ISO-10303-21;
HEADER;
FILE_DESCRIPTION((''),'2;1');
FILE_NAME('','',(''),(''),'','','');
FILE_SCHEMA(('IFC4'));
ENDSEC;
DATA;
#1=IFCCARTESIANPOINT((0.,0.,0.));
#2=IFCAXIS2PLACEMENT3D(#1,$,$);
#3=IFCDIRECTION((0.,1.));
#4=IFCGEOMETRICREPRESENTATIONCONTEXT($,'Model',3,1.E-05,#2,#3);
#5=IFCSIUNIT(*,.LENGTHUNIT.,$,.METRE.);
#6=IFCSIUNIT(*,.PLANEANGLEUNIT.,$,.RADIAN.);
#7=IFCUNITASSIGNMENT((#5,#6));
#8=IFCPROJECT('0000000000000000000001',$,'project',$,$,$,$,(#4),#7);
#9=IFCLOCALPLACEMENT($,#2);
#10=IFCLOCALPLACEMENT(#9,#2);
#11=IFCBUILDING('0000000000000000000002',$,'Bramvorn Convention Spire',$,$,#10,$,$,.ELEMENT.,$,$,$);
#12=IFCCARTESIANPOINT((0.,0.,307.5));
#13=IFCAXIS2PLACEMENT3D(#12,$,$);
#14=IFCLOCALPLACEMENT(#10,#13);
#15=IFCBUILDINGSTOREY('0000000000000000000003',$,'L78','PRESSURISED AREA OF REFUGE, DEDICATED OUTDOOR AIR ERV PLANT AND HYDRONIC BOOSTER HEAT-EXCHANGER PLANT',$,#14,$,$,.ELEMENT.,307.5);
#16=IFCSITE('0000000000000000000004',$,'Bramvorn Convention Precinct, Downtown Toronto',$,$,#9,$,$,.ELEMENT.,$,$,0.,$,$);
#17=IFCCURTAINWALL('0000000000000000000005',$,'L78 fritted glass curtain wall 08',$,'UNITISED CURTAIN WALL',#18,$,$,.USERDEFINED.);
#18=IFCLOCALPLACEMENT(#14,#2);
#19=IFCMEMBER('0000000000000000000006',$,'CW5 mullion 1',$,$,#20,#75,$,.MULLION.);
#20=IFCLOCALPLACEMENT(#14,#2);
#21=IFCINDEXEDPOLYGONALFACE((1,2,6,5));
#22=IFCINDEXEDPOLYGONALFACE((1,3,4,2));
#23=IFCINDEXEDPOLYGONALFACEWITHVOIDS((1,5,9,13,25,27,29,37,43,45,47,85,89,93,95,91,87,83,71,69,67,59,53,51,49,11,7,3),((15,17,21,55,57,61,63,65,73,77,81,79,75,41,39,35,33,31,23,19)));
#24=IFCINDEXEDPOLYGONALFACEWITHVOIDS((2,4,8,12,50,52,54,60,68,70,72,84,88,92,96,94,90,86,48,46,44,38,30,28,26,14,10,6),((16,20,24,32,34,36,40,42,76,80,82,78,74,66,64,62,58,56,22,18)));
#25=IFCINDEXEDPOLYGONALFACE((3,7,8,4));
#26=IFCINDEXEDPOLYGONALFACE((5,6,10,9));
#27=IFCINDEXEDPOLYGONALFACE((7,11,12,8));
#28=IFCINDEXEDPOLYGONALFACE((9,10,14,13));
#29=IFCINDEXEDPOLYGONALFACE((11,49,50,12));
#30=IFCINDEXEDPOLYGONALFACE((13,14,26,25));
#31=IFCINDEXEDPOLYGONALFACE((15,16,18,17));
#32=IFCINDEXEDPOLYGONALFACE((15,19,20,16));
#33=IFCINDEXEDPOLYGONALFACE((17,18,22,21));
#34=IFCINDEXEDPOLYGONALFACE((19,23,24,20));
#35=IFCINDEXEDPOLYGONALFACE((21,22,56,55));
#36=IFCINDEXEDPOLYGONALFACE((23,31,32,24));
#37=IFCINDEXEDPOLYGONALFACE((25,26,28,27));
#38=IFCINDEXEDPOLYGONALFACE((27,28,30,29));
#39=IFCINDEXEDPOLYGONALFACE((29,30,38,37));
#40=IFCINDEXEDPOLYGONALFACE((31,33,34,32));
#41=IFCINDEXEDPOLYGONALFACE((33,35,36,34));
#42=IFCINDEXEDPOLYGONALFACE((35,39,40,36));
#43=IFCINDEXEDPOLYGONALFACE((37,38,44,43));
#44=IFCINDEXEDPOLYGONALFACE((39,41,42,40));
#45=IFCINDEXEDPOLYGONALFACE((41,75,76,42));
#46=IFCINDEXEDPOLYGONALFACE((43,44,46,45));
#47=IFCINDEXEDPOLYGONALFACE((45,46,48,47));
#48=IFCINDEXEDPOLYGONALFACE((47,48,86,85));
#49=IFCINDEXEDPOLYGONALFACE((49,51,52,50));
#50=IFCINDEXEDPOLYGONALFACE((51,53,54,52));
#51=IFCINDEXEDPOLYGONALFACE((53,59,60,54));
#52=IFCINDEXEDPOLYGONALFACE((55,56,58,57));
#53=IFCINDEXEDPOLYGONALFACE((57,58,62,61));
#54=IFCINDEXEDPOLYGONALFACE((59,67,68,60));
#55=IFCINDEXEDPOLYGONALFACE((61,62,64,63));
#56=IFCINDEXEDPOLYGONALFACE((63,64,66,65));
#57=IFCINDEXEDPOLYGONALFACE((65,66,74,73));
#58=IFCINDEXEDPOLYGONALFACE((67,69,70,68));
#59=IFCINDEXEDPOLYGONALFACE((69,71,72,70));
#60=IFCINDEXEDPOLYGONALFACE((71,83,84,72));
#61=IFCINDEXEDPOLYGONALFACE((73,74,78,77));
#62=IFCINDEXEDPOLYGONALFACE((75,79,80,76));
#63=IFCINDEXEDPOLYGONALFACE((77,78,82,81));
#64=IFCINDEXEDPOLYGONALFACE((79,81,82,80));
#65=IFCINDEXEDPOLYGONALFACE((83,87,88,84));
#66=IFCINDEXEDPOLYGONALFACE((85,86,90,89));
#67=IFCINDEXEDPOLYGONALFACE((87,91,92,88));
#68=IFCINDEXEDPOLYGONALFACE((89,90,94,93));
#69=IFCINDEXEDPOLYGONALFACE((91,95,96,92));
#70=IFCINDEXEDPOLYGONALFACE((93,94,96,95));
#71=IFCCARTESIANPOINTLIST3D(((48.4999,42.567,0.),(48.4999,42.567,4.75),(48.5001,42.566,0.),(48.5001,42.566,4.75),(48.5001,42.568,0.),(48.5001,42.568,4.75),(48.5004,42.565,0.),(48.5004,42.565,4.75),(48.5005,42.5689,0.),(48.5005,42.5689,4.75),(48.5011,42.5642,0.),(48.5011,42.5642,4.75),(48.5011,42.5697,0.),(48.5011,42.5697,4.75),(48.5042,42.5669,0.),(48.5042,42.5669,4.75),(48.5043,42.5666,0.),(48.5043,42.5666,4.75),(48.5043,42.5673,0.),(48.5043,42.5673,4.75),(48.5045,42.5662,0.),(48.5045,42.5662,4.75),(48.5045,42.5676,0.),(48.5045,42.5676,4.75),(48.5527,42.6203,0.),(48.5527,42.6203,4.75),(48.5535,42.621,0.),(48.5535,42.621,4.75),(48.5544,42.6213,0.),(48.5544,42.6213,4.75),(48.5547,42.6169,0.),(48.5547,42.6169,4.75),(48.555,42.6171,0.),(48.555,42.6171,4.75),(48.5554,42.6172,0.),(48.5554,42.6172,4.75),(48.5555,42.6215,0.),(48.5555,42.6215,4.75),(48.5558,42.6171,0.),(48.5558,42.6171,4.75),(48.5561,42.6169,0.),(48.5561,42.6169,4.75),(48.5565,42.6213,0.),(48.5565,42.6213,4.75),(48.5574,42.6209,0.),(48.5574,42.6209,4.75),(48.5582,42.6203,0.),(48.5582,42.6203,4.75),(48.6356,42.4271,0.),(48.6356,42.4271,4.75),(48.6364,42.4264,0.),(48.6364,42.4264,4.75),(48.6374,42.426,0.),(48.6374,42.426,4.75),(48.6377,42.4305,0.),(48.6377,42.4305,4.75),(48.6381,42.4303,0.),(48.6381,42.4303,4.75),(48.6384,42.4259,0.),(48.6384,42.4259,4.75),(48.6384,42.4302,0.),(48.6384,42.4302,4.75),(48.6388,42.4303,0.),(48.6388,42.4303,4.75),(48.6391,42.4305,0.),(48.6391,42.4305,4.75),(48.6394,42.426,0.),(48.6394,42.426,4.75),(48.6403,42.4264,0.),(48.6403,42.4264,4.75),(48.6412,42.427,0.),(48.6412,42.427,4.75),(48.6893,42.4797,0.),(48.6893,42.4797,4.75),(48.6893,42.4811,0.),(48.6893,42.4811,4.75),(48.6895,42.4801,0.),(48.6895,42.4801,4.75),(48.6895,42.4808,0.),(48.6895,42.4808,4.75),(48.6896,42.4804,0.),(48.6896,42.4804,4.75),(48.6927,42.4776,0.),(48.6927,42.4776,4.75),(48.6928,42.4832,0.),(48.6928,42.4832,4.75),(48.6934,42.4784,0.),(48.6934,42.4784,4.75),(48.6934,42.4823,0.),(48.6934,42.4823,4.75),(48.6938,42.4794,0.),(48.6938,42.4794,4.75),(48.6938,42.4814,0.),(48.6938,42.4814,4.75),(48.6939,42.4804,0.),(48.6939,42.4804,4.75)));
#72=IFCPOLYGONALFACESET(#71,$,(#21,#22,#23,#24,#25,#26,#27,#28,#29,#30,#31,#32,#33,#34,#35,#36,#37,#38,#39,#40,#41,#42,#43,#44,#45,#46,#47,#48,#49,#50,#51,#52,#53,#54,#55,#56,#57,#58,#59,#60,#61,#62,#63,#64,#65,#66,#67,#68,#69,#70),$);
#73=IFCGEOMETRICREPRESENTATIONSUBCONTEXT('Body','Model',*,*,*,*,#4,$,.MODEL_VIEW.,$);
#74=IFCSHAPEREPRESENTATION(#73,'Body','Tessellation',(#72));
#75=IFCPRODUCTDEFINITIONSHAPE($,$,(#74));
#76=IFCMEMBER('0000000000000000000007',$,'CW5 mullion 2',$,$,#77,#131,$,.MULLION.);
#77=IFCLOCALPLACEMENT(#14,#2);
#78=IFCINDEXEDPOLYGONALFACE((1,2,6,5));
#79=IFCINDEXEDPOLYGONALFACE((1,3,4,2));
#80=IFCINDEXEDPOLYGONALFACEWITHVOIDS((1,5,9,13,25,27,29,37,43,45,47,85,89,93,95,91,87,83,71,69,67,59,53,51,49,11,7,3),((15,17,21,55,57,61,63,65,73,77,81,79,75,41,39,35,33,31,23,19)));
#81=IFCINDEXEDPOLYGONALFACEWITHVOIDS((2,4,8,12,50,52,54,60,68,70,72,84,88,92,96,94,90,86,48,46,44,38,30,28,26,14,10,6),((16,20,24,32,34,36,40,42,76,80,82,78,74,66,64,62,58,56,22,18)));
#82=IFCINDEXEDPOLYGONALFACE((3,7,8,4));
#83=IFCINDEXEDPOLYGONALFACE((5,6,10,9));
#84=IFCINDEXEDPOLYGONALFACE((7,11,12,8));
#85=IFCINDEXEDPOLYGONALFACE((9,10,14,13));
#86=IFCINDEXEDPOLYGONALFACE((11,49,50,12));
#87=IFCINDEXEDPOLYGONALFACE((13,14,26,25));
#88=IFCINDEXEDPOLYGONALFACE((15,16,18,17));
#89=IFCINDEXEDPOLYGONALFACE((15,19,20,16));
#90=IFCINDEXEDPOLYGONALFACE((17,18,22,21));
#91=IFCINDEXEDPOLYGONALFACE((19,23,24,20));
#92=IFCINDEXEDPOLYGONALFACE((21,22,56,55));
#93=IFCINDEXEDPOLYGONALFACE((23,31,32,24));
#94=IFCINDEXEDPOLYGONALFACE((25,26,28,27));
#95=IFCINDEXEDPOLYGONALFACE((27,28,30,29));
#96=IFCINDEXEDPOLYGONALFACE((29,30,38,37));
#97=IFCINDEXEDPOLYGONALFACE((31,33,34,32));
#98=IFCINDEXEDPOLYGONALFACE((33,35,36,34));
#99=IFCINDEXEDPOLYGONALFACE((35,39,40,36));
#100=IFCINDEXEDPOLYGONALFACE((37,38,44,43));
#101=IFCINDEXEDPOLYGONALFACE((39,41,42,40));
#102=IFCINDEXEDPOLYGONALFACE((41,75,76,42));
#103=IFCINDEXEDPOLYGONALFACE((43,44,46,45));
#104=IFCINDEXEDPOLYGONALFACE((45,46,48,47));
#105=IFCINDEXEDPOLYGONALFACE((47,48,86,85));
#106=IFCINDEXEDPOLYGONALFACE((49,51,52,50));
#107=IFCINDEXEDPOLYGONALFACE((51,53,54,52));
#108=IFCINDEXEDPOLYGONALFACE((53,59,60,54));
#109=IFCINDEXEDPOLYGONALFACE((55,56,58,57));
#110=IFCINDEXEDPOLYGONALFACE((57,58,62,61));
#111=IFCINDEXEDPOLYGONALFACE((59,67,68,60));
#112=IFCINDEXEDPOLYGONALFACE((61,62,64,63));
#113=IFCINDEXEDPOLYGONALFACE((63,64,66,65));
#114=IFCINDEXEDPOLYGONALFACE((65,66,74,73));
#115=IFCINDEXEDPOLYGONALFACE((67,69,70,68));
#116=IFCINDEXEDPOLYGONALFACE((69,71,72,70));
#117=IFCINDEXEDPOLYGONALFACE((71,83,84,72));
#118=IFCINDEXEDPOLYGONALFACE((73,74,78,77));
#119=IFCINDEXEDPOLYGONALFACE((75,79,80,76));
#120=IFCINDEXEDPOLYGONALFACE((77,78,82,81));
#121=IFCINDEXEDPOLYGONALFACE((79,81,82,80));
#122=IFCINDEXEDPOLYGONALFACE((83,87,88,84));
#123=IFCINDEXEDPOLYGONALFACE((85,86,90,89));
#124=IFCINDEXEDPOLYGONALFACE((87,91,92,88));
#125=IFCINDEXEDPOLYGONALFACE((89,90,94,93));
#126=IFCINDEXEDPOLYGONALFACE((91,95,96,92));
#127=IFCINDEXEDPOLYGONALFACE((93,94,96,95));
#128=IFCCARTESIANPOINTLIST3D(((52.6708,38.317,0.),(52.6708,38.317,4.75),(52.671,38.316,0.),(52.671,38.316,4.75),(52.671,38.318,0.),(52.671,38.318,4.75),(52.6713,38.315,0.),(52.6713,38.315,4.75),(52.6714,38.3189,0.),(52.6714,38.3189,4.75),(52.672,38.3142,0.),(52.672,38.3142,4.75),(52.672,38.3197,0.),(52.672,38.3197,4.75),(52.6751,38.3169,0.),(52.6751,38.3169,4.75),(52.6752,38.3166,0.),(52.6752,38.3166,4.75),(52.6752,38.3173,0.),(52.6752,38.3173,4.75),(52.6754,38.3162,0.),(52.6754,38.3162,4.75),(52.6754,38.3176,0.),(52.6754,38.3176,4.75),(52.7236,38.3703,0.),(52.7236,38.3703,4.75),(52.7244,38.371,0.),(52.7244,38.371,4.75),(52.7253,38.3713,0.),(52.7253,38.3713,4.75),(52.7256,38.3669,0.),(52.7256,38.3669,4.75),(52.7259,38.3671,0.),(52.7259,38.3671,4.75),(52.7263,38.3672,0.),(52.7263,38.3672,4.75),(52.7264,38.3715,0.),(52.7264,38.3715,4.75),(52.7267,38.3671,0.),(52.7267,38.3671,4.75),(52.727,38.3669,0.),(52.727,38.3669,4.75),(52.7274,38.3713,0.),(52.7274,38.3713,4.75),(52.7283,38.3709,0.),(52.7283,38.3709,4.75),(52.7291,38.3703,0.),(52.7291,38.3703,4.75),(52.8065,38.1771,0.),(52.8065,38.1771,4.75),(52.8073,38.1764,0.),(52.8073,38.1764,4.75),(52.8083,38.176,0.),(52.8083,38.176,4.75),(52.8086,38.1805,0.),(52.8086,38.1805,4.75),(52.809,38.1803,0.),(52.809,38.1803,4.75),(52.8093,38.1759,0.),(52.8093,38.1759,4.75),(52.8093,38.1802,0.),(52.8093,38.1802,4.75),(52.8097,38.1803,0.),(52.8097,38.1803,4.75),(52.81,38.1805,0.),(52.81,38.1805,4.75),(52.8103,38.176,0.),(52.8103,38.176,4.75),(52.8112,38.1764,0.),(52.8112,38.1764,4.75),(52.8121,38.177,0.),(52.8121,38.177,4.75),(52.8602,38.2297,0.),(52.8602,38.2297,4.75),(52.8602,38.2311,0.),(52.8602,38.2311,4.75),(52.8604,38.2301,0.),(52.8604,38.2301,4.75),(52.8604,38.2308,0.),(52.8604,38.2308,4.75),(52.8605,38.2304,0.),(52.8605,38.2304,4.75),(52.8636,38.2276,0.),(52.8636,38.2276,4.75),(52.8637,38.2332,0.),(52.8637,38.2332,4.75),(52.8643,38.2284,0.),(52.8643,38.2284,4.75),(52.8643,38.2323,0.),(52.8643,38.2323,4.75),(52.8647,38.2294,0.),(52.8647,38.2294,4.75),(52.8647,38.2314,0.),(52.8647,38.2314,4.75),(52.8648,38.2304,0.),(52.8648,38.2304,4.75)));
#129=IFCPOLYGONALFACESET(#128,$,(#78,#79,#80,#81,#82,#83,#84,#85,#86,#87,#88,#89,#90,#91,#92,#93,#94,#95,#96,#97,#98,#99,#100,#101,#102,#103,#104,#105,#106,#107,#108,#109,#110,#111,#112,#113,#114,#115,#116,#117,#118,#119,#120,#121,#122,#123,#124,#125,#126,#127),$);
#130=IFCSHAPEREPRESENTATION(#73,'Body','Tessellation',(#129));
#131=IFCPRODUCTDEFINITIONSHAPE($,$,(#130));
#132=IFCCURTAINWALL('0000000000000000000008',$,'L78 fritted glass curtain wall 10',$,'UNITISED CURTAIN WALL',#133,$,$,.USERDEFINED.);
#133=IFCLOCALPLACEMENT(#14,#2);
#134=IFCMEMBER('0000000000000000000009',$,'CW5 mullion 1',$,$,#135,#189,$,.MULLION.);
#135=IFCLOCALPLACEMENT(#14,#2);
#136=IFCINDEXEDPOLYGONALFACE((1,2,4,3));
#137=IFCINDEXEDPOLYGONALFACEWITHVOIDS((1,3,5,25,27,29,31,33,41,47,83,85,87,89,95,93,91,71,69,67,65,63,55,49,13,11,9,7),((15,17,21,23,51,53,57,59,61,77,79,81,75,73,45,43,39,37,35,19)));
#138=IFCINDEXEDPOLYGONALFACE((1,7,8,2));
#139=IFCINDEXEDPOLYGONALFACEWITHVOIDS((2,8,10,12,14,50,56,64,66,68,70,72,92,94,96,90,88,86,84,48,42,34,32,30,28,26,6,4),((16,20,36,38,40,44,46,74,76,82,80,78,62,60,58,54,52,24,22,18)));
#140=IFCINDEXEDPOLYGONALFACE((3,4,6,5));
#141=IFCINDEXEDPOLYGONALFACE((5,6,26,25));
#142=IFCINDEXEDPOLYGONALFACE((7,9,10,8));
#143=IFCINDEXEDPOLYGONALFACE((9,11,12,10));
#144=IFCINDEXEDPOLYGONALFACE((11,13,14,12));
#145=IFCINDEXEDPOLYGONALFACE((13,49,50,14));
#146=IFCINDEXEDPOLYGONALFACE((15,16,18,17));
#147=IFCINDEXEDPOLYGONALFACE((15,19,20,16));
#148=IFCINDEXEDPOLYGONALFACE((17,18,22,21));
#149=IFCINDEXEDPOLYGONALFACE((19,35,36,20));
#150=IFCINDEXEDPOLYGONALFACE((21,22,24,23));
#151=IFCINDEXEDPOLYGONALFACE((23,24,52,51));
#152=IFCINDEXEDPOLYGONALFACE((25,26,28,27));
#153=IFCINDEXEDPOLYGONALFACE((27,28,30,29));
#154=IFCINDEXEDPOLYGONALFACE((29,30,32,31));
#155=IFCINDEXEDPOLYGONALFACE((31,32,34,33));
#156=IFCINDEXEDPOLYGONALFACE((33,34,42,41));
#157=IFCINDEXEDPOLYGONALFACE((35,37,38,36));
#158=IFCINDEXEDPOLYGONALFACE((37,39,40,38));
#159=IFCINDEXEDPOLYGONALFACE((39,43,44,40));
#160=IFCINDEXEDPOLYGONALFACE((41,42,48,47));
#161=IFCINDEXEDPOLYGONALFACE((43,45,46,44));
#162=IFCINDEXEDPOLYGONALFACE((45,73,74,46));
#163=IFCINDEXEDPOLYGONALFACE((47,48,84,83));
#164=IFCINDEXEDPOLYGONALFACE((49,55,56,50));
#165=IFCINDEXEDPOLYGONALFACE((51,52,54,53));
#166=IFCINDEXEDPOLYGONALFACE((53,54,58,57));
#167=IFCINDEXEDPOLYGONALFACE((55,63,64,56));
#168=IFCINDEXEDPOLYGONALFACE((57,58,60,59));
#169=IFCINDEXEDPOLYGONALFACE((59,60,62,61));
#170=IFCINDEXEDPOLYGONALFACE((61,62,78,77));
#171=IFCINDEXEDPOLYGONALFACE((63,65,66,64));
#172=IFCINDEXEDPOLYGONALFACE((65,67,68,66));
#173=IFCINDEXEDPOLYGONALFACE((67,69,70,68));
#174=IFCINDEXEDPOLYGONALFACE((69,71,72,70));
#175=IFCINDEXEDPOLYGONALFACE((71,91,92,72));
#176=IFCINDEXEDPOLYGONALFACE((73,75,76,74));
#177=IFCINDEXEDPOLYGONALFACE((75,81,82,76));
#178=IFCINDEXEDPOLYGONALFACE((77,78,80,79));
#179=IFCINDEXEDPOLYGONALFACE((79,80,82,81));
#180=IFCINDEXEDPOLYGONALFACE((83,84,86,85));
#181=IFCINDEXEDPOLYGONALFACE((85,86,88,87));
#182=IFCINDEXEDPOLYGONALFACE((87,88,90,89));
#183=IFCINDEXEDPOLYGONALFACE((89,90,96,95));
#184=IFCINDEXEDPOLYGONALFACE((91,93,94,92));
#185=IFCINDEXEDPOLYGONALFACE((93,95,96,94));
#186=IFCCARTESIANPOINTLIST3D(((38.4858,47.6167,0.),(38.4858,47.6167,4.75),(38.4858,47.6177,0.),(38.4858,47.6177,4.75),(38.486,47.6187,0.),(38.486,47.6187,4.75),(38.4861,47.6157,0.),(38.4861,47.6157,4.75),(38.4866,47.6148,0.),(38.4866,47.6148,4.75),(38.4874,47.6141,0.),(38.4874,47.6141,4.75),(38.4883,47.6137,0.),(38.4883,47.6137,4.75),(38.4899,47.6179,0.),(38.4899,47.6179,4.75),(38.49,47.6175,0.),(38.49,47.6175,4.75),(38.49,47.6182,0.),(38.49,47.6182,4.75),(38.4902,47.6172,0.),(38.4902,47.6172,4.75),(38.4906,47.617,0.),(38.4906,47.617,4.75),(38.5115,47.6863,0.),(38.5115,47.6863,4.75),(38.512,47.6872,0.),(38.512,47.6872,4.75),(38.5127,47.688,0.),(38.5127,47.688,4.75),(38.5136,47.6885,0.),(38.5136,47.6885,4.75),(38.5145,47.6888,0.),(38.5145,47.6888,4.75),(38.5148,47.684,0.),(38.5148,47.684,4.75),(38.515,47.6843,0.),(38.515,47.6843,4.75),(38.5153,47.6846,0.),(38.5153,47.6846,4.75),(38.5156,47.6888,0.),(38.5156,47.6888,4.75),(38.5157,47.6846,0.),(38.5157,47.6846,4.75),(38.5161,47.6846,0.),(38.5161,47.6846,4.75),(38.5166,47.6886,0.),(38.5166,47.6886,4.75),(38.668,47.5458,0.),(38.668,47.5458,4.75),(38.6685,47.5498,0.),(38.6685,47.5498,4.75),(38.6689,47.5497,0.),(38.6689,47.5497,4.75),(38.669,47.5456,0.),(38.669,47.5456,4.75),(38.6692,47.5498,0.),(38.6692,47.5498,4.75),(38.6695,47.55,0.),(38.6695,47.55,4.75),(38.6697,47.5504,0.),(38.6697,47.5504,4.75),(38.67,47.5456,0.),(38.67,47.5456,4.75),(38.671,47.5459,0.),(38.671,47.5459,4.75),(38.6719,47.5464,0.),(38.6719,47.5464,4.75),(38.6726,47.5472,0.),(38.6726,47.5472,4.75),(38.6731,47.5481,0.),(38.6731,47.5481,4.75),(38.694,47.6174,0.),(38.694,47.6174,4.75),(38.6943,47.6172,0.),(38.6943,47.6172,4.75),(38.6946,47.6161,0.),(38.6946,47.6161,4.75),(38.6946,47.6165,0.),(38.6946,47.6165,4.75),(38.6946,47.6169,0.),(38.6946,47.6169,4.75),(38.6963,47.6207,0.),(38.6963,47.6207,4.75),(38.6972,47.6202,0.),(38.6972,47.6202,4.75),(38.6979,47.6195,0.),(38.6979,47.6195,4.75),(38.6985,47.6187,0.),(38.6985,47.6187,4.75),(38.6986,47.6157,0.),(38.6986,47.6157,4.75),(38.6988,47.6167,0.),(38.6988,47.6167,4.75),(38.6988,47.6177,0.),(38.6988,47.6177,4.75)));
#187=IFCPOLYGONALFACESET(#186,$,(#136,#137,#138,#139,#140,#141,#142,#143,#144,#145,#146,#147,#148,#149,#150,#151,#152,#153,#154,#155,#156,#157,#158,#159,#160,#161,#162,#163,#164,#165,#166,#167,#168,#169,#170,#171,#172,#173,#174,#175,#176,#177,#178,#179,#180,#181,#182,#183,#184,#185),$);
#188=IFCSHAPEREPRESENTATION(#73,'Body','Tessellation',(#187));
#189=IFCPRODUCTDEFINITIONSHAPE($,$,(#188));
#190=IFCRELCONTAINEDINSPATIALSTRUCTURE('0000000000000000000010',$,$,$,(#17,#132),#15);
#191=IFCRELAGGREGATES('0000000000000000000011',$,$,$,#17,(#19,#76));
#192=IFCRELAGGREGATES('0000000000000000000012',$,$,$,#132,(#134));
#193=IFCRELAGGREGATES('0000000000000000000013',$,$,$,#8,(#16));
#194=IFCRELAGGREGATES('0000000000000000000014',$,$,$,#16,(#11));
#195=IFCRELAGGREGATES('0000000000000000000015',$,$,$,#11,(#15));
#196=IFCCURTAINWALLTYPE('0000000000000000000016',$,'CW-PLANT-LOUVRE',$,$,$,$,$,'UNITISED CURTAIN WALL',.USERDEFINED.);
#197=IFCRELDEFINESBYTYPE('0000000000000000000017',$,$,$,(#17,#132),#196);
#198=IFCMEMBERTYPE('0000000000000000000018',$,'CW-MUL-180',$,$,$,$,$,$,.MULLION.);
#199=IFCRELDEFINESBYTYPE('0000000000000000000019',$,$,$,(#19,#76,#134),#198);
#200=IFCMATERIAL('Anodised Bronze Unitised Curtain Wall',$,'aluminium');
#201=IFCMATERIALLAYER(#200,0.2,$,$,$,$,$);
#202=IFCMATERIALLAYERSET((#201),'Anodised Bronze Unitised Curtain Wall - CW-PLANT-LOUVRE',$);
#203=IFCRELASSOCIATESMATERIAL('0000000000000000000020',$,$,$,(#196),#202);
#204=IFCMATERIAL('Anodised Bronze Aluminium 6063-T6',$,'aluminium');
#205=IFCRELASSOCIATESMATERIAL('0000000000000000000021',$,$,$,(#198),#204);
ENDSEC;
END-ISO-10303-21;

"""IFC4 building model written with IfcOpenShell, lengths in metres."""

from ifc_helpers import new_model, si_unit, direction, frame, origin, origin_2d, place, context, subcontext, project, spatial, hollow_rectangle, extrude, material, layer, layer_set, material_profile, profile_set, type_object, element, aggregate, save


model = new_model("IFC4")

# Units and contexts
model_context = context("Model", 3, precision=1e-05, world=origin(), true_north=direction((0.0, 1.0)))
body_context = subcontext(model_context, "Body", "Model", "MODEL_VIEW")
ifc_project = project(units=[si_unit("LENGTHUNIT", "METRE"), si_unit("PLANEANGLEUNIT", "RADIAN")], contexts=[model_context])

# Site, building, storey
site_placement = place(None, origin())
site = spatial("IfcSite", under=ifc_project, at=site_placement, Name="Bramvorn Convention Precinct, Downtown Toronto", CompositionType="ELEMENT", RefElevation=0.0)
building_placement = place(site_placement, origin())
building = spatial("IfcBuilding", under=site, at=building_placement, Name="Bramvorn Convention Spire", CompositionType="ELEMENT")
storey_placement = place(building_placement, frame((0.0, 0.0, 307.5)))
storey = spatial("IfcBuildingStorey", under=building, at=storey_placement, Name="L78", Description="PRESSURISED AREA OF REFUGE, DEDICATED OUTDOOR AIR ERV PLANT AND HYDRONIC BOOSTER HEAT-EXCHANGER PLANT", CompositionType="ELEMENT", Elevation=307.5)

# Curtain walls, members
ifc_material_1 = material(Name="Anodised Bronze Unitised Curtain Wall", Category="aluminium")
ifc_layer_1 = layer(ifc_material_1, 0.2)
ifc_layer_set_1 = layer_set([ifc_layer_1], Name="Anodised Bronze Unitised Curtain Wall - CW-PLANT-LOUVRE")
curtain_wall_type = type_object("IfcCurtainWallType", Name="CW-PLANT-LOUVRE", ElementType="UNITISED CURTAIN WALL", PredefinedType="USERDEFINED", material=ifc_layer_set_1)
ifc_material_2 = material(Name="Anodised Bronze Aluminium 6063-T6", Category="aluminium")
ifc_material_profile_1 = material_profile(ifc_material_2, hollow_rectangle(XDim=0.0801, YDim=0.2, WallThickness=0.0039, InnerFilletRadius=0.001, OuterFilletRadius=0.0039, at=origin_2d()))
ifc_profile_set_1 = profile_set([ifc_material_profile_1], Name="Anodised Bronze Aluminium 6063-T6 - CWM80X200")
member_type_1 = type_object("IfcMemberType", Name="CW-MUL-180", PredefinedType="MULLION", material=ifc_profile_set_1)
curtain_wall_1_placement = place(storey_placement, origin())
curtain_wall_1 = element("IfcCurtainWall", 1, at=curtain_wall_1_placement, inside=storey, type_object=curtain_wall_type, Name="L78 fritted glass curtain wall 08", ObjectType="UNITISED CURTAIN WALL", PredefinedType="USERDEFINED")
member_1_placement = place(storey_placement, frame((48.5969, 42.5237, 0.0), z_axis=(0.0, 0.0, 1.0), x_axis=(0.713709, 0.700442, 0.0)))
member_1 = element("IfcMember", 2, at=member_1_placement, type_object=member_type_1, Name="CW5 mullion 1", PredefinedType="MULLION", context=body_context, shape_type="SweptSolid", body=[
    extrude(hollow_rectangle(XDim=0.0801, YDim=0.2, WallThickness=0.0039, InnerFilletRadius=0.001, OuterFilletRadius=0.0039, at=origin_2d()), origin(), (0.0, 0.0, 1.0), 4.75),
])
member_2_placement = place(storey_placement, frame((52.7678, 38.2737, 0.0), z_axis=(0.0, 0.0, 1.0), x_axis=(0.713709, 0.700442, 0.0)))
member_2 = element("IfcMember", 3, at=member_2_placement, type_object=member_type_1, Name="CW5 mullion 2", PredefinedType="MULLION", context=body_context, shape_type="SweptSolid", body=[
    extrude(hollow_rectangle(XDim=0.0801, YDim=0.2, WallThickness=0.0039, InnerFilletRadius=0.001, OuterFilletRadius=0.0039, at=origin_2d()), origin(), (0.0, 0.0, 1.0), 4.75),
])
curtain_wall_2_placement = place(storey_placement, origin())
curtain_wall_2 = element("IfcCurtainWall", 4, at=curtain_wall_2_placement, inside=storey, type_object=curtain_wall_type, Name="L78 fritted glass curtain wall 10", ObjectType="UNITISED CURTAIN WALL", PredefinedType="USERDEFINED")
member_3_placement = place(storey_placement, frame((38.5923, 47.6172, 0.0), z_axis=(0.0, 0.0, 1.0), x_axis=(0.353265, 0.935523, 0.0)))
member_3 = element("IfcMember", 5, at=member_3_placement, type_object=member_type_1, Name="CW5 mullion 1", PredefinedType="MULLION", context=body_context, shape_type="SweptSolid", body=[
    extrude(hollow_rectangle(XDim=0.0801, YDim=0.2, WallThickness=0.0039, InnerFilletRadius=0.001, OuterFilletRadius=0.0039, at=origin_2d()), origin(), (0.0, 0.0, 1.0), 4.75),
])

aggregate(curtain_wall_1, [member_1, member_2])
aggregate(curtain_wall_2, [member_3])

save(model, "model.ifc")
